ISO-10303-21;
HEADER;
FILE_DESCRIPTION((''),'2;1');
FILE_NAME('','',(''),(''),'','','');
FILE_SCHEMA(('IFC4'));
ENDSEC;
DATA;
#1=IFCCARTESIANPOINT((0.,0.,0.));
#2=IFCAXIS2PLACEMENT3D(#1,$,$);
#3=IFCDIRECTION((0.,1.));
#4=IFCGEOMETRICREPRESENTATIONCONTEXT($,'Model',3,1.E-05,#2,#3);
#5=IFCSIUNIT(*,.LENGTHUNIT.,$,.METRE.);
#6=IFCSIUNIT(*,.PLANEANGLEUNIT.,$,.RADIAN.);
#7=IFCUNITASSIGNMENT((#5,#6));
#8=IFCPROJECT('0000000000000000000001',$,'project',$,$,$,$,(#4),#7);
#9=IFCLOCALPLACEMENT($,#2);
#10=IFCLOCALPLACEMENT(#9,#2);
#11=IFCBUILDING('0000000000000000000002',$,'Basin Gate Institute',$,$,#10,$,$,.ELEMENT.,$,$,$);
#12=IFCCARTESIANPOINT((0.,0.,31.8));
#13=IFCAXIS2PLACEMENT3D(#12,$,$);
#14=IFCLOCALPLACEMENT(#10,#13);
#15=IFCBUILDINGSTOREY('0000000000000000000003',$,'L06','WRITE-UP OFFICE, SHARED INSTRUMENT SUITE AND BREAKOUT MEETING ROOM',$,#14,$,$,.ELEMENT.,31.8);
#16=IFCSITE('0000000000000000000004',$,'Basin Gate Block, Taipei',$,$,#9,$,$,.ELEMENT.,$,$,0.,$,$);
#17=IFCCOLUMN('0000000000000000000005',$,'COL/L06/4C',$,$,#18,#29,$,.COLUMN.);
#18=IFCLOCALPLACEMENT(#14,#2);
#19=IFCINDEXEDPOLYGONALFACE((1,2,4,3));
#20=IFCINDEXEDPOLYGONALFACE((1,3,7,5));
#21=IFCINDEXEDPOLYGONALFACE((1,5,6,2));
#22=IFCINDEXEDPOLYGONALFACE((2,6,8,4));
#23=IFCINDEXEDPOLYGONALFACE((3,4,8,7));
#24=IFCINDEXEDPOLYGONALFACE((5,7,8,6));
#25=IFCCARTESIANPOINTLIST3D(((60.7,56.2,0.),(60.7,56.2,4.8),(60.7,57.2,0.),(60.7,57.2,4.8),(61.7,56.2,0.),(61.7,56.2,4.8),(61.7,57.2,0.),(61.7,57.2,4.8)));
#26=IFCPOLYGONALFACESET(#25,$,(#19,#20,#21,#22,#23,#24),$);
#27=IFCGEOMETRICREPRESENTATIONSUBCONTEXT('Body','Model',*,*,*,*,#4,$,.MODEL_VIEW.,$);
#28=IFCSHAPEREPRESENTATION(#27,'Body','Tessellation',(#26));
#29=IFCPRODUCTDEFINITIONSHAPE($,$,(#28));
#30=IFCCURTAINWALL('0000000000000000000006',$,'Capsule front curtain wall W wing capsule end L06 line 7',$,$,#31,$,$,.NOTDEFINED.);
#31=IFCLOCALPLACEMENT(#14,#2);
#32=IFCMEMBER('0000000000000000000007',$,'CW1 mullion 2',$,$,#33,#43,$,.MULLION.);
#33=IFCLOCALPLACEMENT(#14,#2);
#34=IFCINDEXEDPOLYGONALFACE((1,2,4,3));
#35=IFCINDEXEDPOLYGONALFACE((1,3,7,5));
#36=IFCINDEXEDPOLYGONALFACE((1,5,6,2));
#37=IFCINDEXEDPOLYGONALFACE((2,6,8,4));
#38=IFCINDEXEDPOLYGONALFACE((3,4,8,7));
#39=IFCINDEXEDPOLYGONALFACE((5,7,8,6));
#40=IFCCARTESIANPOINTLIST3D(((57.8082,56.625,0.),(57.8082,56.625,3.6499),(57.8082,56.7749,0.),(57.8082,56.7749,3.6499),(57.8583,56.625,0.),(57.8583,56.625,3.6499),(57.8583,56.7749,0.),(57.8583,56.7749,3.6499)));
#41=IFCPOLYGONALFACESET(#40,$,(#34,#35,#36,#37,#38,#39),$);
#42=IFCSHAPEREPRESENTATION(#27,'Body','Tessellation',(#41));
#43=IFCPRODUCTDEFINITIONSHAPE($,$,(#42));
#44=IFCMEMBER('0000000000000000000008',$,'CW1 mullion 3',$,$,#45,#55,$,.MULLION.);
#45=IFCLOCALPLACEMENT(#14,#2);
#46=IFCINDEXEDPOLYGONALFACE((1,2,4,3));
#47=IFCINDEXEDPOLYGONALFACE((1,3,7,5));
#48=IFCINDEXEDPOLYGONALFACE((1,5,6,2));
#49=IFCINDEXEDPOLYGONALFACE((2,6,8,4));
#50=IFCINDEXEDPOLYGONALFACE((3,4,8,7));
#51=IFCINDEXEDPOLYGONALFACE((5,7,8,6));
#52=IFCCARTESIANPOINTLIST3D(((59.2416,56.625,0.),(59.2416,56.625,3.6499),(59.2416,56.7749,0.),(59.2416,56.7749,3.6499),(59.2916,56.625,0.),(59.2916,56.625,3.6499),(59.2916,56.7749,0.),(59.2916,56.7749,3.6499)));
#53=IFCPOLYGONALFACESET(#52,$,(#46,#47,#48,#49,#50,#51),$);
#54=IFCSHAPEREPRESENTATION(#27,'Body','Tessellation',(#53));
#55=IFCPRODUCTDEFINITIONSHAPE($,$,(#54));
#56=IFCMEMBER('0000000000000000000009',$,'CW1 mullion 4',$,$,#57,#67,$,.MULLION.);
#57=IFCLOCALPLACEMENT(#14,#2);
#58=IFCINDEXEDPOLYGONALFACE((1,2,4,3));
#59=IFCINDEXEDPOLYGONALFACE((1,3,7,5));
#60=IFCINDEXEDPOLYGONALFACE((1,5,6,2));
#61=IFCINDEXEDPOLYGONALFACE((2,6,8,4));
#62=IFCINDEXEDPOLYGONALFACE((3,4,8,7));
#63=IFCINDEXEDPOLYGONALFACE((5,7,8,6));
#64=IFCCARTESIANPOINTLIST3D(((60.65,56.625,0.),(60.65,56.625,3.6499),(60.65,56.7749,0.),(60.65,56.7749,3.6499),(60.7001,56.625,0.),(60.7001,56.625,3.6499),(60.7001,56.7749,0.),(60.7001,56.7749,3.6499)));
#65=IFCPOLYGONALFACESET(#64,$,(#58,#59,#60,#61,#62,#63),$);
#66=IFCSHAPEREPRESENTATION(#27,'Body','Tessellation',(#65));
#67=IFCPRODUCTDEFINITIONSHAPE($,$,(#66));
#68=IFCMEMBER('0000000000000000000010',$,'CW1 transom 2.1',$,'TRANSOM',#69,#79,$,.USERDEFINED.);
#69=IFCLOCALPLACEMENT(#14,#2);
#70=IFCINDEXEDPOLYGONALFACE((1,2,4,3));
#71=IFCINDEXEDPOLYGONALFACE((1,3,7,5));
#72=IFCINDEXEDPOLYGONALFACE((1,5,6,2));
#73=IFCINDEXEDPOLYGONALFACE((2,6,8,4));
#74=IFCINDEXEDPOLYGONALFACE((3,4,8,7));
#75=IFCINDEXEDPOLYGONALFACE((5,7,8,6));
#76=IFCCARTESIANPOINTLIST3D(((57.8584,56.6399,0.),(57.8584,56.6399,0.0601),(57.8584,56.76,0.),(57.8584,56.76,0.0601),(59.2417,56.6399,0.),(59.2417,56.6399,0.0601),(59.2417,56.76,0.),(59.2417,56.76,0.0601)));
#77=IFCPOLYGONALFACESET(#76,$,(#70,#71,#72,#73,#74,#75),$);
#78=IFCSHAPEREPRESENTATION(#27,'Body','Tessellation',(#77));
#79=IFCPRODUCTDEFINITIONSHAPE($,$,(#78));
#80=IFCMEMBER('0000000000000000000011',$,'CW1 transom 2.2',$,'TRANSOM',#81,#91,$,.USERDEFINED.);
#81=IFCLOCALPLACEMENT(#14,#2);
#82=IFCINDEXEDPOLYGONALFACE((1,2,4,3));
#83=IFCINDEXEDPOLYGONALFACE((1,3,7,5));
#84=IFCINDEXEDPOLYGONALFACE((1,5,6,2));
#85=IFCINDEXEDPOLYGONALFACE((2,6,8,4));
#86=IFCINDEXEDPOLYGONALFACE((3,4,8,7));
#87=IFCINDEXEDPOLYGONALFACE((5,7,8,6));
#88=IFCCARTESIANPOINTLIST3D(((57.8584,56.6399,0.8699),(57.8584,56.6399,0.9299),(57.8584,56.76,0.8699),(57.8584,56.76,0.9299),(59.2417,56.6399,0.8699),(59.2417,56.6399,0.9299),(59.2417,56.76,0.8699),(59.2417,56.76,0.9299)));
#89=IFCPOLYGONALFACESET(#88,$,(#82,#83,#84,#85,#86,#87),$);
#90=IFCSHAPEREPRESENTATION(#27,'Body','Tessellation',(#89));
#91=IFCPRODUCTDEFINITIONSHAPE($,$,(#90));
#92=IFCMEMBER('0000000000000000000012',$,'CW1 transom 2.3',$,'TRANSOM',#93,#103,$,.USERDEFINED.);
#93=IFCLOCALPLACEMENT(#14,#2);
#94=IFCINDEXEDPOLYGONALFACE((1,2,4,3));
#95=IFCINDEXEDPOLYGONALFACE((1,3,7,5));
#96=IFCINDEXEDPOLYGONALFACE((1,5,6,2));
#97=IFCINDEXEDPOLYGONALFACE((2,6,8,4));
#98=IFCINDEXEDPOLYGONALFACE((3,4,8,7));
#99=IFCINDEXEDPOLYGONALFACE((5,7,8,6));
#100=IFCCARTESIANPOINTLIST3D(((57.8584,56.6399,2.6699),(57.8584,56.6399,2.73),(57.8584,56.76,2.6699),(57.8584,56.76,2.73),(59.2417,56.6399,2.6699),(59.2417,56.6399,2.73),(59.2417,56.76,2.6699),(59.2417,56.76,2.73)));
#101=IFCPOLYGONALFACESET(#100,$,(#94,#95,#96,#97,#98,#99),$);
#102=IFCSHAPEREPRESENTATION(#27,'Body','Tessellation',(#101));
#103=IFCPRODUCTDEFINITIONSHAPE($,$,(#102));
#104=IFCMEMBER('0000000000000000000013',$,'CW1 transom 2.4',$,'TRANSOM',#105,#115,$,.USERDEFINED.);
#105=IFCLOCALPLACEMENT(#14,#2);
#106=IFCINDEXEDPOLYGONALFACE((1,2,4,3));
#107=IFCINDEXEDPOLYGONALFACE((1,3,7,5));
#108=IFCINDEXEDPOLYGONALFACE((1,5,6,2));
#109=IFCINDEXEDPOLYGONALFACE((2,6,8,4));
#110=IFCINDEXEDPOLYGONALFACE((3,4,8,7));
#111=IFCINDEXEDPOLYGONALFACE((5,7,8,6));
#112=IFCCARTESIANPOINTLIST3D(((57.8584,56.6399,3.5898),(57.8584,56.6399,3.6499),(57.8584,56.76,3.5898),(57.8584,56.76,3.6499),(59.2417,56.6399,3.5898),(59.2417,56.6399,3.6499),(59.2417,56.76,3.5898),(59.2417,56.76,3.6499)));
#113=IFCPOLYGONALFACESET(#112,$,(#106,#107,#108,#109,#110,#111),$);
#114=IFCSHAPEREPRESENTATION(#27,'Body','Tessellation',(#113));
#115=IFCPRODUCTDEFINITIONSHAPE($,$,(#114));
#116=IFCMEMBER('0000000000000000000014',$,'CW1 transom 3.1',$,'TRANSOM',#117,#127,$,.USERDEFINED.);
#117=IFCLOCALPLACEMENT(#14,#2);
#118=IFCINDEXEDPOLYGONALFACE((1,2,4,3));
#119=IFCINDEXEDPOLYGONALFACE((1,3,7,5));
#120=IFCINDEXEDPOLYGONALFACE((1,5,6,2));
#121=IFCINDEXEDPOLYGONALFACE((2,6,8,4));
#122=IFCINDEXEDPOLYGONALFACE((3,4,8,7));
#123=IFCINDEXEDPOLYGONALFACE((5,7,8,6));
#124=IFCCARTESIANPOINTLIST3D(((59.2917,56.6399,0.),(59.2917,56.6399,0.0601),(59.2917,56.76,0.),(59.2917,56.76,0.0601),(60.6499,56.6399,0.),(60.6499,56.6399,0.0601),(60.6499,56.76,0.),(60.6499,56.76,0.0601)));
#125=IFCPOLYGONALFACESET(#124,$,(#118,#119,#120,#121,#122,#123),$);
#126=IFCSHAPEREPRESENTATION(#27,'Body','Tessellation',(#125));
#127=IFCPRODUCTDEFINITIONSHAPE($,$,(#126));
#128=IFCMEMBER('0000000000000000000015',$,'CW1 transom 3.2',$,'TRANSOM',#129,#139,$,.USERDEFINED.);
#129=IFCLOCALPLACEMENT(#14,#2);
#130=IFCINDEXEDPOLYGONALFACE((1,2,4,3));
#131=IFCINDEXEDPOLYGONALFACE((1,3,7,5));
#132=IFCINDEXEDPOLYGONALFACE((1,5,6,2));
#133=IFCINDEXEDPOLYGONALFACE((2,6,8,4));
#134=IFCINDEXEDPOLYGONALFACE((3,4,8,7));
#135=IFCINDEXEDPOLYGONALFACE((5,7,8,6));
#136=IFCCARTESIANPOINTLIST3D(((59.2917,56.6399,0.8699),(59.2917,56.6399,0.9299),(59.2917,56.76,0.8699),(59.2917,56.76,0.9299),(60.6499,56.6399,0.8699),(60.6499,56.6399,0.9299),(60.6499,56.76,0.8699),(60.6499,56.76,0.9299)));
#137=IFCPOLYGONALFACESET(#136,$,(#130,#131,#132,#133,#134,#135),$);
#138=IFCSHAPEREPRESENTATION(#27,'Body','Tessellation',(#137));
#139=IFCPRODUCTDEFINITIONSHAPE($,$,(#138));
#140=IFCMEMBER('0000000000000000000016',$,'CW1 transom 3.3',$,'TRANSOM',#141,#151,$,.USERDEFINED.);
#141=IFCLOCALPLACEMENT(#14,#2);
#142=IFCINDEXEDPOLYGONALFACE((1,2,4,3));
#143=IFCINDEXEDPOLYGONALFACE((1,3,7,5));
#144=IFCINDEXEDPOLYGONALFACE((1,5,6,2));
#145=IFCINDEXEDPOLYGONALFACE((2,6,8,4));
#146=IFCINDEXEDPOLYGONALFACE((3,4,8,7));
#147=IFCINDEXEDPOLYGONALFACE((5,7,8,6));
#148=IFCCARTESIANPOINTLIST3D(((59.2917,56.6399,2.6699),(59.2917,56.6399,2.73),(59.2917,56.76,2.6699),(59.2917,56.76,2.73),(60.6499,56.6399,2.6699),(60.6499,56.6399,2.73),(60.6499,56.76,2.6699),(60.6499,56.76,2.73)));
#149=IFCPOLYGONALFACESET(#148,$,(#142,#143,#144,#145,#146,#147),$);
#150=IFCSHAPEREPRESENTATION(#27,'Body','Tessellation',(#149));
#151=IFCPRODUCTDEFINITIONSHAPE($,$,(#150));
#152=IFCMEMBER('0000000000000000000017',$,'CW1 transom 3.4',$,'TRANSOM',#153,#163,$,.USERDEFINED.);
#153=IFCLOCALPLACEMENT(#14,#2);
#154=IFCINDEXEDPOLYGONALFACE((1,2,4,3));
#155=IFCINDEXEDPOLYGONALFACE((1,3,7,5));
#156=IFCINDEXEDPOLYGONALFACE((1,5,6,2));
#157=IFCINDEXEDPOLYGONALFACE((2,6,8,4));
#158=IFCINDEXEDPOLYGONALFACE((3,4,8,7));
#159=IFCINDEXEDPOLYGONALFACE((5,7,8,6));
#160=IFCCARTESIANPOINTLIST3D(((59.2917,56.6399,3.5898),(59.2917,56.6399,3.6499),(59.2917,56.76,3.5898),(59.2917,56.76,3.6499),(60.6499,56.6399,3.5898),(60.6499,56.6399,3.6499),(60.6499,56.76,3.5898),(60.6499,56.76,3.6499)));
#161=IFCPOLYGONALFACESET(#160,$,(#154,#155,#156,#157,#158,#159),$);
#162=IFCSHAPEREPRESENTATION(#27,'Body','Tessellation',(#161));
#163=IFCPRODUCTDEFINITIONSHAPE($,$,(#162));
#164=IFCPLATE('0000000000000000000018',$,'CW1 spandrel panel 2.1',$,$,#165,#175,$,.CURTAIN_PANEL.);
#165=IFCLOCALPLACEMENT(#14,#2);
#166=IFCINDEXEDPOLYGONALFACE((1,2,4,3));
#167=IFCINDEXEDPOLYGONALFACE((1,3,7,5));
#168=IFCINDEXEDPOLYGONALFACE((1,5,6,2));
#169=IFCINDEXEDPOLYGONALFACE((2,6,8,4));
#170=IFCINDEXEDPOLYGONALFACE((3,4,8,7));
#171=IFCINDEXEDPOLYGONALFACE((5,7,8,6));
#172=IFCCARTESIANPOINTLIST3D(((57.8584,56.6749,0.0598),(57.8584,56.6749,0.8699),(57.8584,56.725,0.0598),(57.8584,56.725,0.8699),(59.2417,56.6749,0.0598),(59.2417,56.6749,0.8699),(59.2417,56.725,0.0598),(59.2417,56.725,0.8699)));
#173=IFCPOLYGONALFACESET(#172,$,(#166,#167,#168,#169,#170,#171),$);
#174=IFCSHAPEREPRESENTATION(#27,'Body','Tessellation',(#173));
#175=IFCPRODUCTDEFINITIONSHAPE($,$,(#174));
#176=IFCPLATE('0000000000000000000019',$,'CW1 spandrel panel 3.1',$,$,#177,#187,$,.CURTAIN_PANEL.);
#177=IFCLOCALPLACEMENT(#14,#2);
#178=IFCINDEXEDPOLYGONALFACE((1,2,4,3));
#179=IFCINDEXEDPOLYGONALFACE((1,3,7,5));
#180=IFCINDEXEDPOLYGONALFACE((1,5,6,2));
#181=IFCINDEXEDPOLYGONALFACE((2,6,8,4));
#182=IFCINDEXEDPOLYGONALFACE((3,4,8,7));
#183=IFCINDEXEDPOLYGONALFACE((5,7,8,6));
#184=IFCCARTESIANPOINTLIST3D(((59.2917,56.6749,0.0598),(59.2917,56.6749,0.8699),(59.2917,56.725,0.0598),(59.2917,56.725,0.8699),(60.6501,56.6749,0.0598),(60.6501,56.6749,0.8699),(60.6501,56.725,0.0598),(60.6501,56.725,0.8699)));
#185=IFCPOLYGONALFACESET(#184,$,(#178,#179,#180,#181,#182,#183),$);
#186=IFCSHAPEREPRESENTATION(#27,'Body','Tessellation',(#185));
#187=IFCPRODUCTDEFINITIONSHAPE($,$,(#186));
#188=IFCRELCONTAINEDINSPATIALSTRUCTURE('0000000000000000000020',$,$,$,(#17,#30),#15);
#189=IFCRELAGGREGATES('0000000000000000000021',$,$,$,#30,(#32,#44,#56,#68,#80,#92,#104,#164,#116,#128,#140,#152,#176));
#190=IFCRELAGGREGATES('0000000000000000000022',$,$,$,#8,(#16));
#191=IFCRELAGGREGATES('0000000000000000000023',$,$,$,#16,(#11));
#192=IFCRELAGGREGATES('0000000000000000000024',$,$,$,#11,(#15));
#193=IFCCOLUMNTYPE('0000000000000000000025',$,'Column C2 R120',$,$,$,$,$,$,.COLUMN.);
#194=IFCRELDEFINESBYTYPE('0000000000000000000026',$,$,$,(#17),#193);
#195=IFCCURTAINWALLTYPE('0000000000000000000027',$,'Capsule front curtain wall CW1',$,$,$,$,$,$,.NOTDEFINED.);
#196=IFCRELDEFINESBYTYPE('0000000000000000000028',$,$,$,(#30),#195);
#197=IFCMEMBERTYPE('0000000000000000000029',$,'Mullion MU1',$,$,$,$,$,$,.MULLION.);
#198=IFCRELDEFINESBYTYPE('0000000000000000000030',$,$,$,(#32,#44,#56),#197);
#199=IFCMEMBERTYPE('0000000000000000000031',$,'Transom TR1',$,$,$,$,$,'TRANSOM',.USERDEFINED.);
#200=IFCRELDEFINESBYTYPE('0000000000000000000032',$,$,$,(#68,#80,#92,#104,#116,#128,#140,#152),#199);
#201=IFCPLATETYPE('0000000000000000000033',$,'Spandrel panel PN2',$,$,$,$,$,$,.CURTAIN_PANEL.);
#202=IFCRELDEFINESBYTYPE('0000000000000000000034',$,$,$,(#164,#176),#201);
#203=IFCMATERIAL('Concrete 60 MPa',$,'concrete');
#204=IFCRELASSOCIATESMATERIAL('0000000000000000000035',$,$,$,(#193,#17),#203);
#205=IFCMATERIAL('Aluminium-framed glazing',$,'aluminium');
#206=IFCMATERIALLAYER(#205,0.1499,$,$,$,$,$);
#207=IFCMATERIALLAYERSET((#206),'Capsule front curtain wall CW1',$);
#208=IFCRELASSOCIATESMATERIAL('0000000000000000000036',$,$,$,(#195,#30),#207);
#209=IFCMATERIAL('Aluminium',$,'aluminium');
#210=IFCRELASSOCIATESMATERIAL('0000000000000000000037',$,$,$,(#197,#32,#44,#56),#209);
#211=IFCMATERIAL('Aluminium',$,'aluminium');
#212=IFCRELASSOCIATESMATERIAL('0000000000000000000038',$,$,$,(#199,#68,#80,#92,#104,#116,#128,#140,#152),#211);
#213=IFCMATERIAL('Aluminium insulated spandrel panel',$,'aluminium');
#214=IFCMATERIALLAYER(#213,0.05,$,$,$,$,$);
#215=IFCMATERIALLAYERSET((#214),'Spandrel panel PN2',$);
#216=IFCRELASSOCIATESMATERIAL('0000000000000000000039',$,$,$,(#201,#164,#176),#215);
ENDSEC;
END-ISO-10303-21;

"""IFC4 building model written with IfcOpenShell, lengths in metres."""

from ifc_helpers import new_model, si_unit, direction, frame, origin, origin_2d, place, context, subcontext, project, spatial, rectangle, extrude, material, layer, layer_set, material_profile, profile_set, type_object, element, aggregate, save


model = new_model("IFC4")

# Units and contexts
model_context = context("Model", 3, precision=1e-05, world=origin(), true_north=direction((0.0, 1.0)))
body_context = subcontext(model_context, "Body", "Model", "MODEL_VIEW")
ifc_project = project(units=[si_unit("LENGTHUNIT", "METRE"), si_unit("PLANEANGLEUNIT", "RADIAN")], contexts=[model_context])

# Site, building, storey
site_placement = place(None, origin())
site = spatial("IfcSite", under=ifc_project, at=site_placement, Name="Basin Gate Block, Taipei", CompositionType="ELEMENT", RefElevation=0.0)
building_placement = place(site_placement, origin())
building = spatial("IfcBuilding", under=site, at=building_placement, Name="Basin Gate Institute", CompositionType="ELEMENT")
storey_placement = place(building_placement, frame((0.0, 0.0, 31.8)))
storey = spatial("IfcBuildingStorey", under=building, at=storey_placement, Name="L06", Description="WRITE-UP OFFICE, SHARED INSTRUMENT SUITE AND BREAKOUT MEETING ROOM", CompositionType="ELEMENT", Elevation=31.8)

# Column
ifc_material_1 = material(Name="Concrete 60 MPa", Category="concrete")
ifc_material_profile_1 = material_profile(ifc_material_1, rectangle(XDim=1.0, YDim=1.0, at=origin_2d()), Name="Column C2 1000 x 1000")
ifc_profile_set_1 = profile_set([ifc_material_profile_1], Name="Concrete 60 MPa")
column_type = type_object("IfcColumnType", Name="Column C2 R120", PredefinedType="COLUMN", material=ifc_profile_set_1)
column_placement = place(storey_placement, frame((61.2, 56.7, 0.0), z_axis=(0.0, 0.0, 1.0), x_axis=(1.0, 0.0, 0.0)))
element("IfcColumn", 1, at=column_placement, inside=storey, type_object=column_type, material=ifc_profile_set_1, Name="COL/L06/4C", PredefinedType="COLUMN", context=body_context, shape_type="SweptSolid", body=[
    extrude(rectangle(XDim=1.0, YDim=1.0, at=origin_2d()), origin(), (0.0, 0.0, 1.0), 4.8),
])

# Curtain wall, members, plates
ifc_material_2 = material(Name="Aluminium-framed glazing", Category="aluminium")
ifc_layer_1 = layer(ifc_material_2, 0.1499)
ifc_layer_set_1 = layer_set([ifc_layer_1], Name="Capsule front curtain wall CW1")
curtain_wall_type = type_object("IfcCurtainWallType", Name="Capsule front curtain wall CW1", PredefinedType="NOTDEFINED", material=ifc_layer_set_1)
curtain_wall_placement = place(storey_placement, origin())
curtain_wall = element("IfcCurtainWall", 2, at=curtain_wall_placement, inside=storey, type_object=curtain_wall_type, material=ifc_layer_set_1, Name="Capsule front curtain wall W wing capsule end L06 line 7", PredefinedType="NOTDEFINED")
ifc_material_3 = material(Name="Aluminium", Category="aluminium")
ifc_material_profile_2 = material_profile(ifc_material_3, rectangle(XDim=0.1499, YDim=0.05, at=origin_2d()), Name="Mullion MU1 150 x 50")
ifc_profile_set_2 = profile_set([ifc_material_profile_2], Name="Aluminium")
member_type_1 = type_object("IfcMemberType", Name="Mullion MU1", PredefinedType="MULLION", material=ifc_profile_set_2)
member_1_placement = place(storey_placement, frame((57.8333, 56.7, 0.0), z_axis=(0.0, 0.0, 1.0), x_axis=(0.0, 1.0, 0.0)))
member_1 = element("IfcMember", 3, at=member_1_placement, type_object=member_type_1, material=ifc_profile_set_2, Name="CW1 mullion 2", PredefinedType="MULLION", context=body_context, shape_type="SweptSolid", body=[
    extrude(rectangle(XDim=0.1499, YDim=0.05, at=origin_2d()), origin(), (0.0, 0.0, 1.0), 3.6499),
])
member_2_placement = place(storey_placement, frame((59.2666, 56.7, 0.0), z_axis=(0.0, 0.0, 1.0), x_axis=(0.0, 1.0, 0.0)))
member_2 = element("IfcMember", 4, at=member_2_placement, type_object=member_type_1, material=ifc_profile_set_2, Name="CW1 mullion 3", PredefinedType="MULLION", context=body_context, shape_type="SweptSolid", body=[
    extrude(rectangle(XDim=0.1499, YDim=0.05, at=origin_2d()), origin(), (0.0, 0.0, 1.0), 3.6499),
])
member_3_placement = place(storey_placement, frame((60.675, 56.7, 0.0), z_axis=(0.0, 0.0, 1.0), x_axis=(0.0, 1.0, 0.0)))
member_3 = element("IfcMember", 5, at=member_3_placement, type_object=member_type_1, material=ifc_profile_set_2, Name="CW1 mullion 4", PredefinedType="MULLION", context=body_context, shape_type="SweptSolid", body=[
    extrude(rectangle(XDim=0.1499, YDim=0.05, at=origin_2d()), origin(), (0.0, 0.0, 1.0), 3.6499),
])
ifc_material_4 = material(Name="Aluminium", Category="aluminium")
ifc_material_profile_3 = material_profile(ifc_material_4, rectangle(XDim=0.1201, YDim=0.0601, at=origin_2d()), Name="Transom TR1 120 x 60")
ifc_profile_set_3 = profile_set([ifc_material_profile_3], Name="Aluminium")
member_type_2 = type_object("IfcMemberType", Name="Transom TR1", ElementType="TRANSOM", PredefinedType="USERDEFINED", material=ifc_profile_set_3)
member_4_placement = place(storey_placement, frame((57.8584, 56.7, 0.03), z_axis=(1.0, 0.0, 0.0), x_axis=(0.0, 1.0, 0.0)))
member_4 = element("IfcMember", 6, at=member_4_placement, type_object=member_type_2, material=ifc_profile_set_3, Name="CW1 transom 2.1", ObjectType="TRANSOM", PredefinedType="USERDEFINED", context=body_context, shape_type="SweptSolid", body=[
    extrude(rectangle(XDim=0.1201, YDim=0.0601, at=origin_2d()), origin(), (0.0, 0.0, 1.0), 1.3833),
])
member_5_placement = place(storey_placement, frame((57.8584, 56.7, 0.8999), z_axis=(1.0, 0.0, 0.0), x_axis=(0.0, 1.0, 0.0)))
member_5 = element("IfcMember", 7, at=member_5_placement, type_object=member_type_2, material=ifc_profile_set_3, Name="CW1 transom 2.2", ObjectType="TRANSOM", PredefinedType="USERDEFINED", context=body_context, shape_type="SweptSolid", body=[
    extrude(rectangle(XDim=0.1201, YDim=0.0601, at=origin_2d()), origin(), (0.0, 0.0, 1.0), 1.3833),
])
member_6_placement = place(storey_placement, frame((57.8584, 56.7, 2.7), z_axis=(1.0, 0.0, 0.0), x_axis=(0.0, 1.0, 0.0)))
member_6 = element("IfcMember", 8, at=member_6_placement, type_object=member_type_2, material=ifc_profile_set_3, Name="CW1 transom 2.3", ObjectType="TRANSOM", PredefinedType="USERDEFINED", context=body_context, shape_type="SweptSolid", body=[
    extrude(rectangle(XDim=0.1201, YDim=0.0601, at=origin_2d()), origin(), (0.0, 0.0, 1.0), 1.3833),
])
member_7_placement = place(storey_placement, frame((57.8584, 56.7, 3.6199), z_axis=(1.0, 0.0, 0.0), x_axis=(0.0, 1.0, 0.0)))
member_7 = element("IfcMember", 9, at=member_7_placement, type_object=member_type_2, material=ifc_profile_set_3, Name="CW1 transom 2.4", ObjectType="TRANSOM", PredefinedType="USERDEFINED", context=body_context, shape_type="SweptSolid", body=[
    extrude(rectangle(XDim=0.1201, YDim=0.0601, at=origin_2d()), origin(), (0.0, 0.0, 1.0), 1.3833),
])
member_8_placement = place(storey_placement, frame((59.2917, 56.7, 0.03), z_axis=(1.0, 0.0, 0.0), x_axis=(0.0, 1.0, 0.0)))
member_8 = element("IfcMember", 10, at=member_8_placement, type_object=member_type_2, material=ifc_profile_set_3, Name="CW1 transom 3.1", ObjectType="TRANSOM", PredefinedType="USERDEFINED", context=body_context, shape_type="SweptSolid", body=[
    extrude(rectangle(XDim=0.1201, YDim=0.0601, at=origin_2d()), origin(), (0.0, 0.0, 1.0), 1.3582),
])
member_9_placement = place(storey_placement, frame((59.2917, 56.7, 0.8999), z_axis=(1.0, 0.0, 0.0), x_axis=(0.0, 1.0, 0.0)))
member_9 = element("IfcMember", 11, at=member_9_placement, type_object=member_type_2, material=ifc_profile_set_3, Name="CW1 transom 3.2", ObjectType="TRANSOM", PredefinedType="USERDEFINED", context=body_context, shape_type="SweptSolid", body=[
    extrude(rectangle(XDim=0.1201, YDim=0.0601, at=origin_2d()), origin(), (0.0, 0.0, 1.0), 1.3582),
])
member_10_placement = place(storey_placement, frame((59.2917, 56.7, 2.7), z_axis=(1.0, 0.0, 0.0), x_axis=(0.0, 1.0, 0.0)))
member_10 = element("IfcMember", 12, at=member_10_placement, type_object=member_type_2, material=ifc_profile_set_3, Name="CW1 transom 3.3", ObjectType="TRANSOM", PredefinedType="USERDEFINED", context=body_context, shape_type="SweptSolid", body=[
    extrude(rectangle(XDim=0.1201, YDim=0.0601, at=origin_2d()), origin(), (0.0, 0.0, 1.0), 1.3582),
])
member_11_placement = place(storey_placement, frame((59.2917, 56.7, 3.6199), z_axis=(1.0, 0.0, 0.0), x_axis=(0.0, 1.0, 0.0)))
member_11 = element("IfcMember", 13, at=member_11_placement, type_object=member_type_2, material=ifc_profile_set_3, Name="CW1 transom 3.4", ObjectType="TRANSOM", PredefinedType="USERDEFINED", context=body_context, shape_type="SweptSolid", body=[
    extrude(rectangle(XDim=0.1201, YDim=0.0601, at=origin_2d()), origin(), (0.0, 0.0, 1.0), 1.3582),
])
ifc_material_5 = material(Name="Aluminium insulated spandrel panel", Category="aluminium")
ifc_layer_2 = layer(ifc_material_5, 0.05)
ifc_layer_set_2 = layer_set([ifc_layer_2], Name="Spandrel panel PN2")
plate_type_1 = type_object("IfcPlateType", Name="Spandrel panel PN2", PredefinedType="CURTAIN_PANEL", material=ifc_layer_set_2)
plate_1_placement = place(storey_placement, frame((58.55, 56.7, 0.0598), z_axis=(0.0, 0.0, 1.0), x_axis=(1.0, 0.0, 0.0)))
plate_1 = element("IfcPlate", 14, at=plate_1_placement, type_object=plate_type_1, material=ifc_layer_set_2, Name="CW1 spandrel panel 2.1", PredefinedType="CURTAIN_PANEL", context=body_context, shape_type="SweptSolid", body=[
    extrude(rectangle(XDim=1.3833, YDim=0.05, at=origin_2d()), origin(), (0.0, 0.0, 1.0), 0.8101),
])
plate_2_placement = place(storey_placement, frame((59.9709, 56.7, 0.0598), z_axis=(0.0, 0.0, 1.0), x_axis=(1.0, 0.0, 0.0)))
plate_2 = element("IfcPlate", 15, at=plate_2_placement, type_object=plate_type_1, material=ifc_layer_set_2, Name="CW1 spandrel panel 3.1", PredefinedType="CURTAIN_PANEL", context=body_context, shape_type="SweptSolid", body=[
    extrude(rectangle(XDim=1.3584, YDim=0.05, at=origin_2d()), origin(), (0.0, 0.0, 1.0), 0.8101),
])
aggregate(curtain_wall, [member_1, member_2, member_3, member_4, member_5, member_6, member_7, plate_1, member_8, member_9, member_10, member_11, plate_2])

save(model, "model.ifc")
